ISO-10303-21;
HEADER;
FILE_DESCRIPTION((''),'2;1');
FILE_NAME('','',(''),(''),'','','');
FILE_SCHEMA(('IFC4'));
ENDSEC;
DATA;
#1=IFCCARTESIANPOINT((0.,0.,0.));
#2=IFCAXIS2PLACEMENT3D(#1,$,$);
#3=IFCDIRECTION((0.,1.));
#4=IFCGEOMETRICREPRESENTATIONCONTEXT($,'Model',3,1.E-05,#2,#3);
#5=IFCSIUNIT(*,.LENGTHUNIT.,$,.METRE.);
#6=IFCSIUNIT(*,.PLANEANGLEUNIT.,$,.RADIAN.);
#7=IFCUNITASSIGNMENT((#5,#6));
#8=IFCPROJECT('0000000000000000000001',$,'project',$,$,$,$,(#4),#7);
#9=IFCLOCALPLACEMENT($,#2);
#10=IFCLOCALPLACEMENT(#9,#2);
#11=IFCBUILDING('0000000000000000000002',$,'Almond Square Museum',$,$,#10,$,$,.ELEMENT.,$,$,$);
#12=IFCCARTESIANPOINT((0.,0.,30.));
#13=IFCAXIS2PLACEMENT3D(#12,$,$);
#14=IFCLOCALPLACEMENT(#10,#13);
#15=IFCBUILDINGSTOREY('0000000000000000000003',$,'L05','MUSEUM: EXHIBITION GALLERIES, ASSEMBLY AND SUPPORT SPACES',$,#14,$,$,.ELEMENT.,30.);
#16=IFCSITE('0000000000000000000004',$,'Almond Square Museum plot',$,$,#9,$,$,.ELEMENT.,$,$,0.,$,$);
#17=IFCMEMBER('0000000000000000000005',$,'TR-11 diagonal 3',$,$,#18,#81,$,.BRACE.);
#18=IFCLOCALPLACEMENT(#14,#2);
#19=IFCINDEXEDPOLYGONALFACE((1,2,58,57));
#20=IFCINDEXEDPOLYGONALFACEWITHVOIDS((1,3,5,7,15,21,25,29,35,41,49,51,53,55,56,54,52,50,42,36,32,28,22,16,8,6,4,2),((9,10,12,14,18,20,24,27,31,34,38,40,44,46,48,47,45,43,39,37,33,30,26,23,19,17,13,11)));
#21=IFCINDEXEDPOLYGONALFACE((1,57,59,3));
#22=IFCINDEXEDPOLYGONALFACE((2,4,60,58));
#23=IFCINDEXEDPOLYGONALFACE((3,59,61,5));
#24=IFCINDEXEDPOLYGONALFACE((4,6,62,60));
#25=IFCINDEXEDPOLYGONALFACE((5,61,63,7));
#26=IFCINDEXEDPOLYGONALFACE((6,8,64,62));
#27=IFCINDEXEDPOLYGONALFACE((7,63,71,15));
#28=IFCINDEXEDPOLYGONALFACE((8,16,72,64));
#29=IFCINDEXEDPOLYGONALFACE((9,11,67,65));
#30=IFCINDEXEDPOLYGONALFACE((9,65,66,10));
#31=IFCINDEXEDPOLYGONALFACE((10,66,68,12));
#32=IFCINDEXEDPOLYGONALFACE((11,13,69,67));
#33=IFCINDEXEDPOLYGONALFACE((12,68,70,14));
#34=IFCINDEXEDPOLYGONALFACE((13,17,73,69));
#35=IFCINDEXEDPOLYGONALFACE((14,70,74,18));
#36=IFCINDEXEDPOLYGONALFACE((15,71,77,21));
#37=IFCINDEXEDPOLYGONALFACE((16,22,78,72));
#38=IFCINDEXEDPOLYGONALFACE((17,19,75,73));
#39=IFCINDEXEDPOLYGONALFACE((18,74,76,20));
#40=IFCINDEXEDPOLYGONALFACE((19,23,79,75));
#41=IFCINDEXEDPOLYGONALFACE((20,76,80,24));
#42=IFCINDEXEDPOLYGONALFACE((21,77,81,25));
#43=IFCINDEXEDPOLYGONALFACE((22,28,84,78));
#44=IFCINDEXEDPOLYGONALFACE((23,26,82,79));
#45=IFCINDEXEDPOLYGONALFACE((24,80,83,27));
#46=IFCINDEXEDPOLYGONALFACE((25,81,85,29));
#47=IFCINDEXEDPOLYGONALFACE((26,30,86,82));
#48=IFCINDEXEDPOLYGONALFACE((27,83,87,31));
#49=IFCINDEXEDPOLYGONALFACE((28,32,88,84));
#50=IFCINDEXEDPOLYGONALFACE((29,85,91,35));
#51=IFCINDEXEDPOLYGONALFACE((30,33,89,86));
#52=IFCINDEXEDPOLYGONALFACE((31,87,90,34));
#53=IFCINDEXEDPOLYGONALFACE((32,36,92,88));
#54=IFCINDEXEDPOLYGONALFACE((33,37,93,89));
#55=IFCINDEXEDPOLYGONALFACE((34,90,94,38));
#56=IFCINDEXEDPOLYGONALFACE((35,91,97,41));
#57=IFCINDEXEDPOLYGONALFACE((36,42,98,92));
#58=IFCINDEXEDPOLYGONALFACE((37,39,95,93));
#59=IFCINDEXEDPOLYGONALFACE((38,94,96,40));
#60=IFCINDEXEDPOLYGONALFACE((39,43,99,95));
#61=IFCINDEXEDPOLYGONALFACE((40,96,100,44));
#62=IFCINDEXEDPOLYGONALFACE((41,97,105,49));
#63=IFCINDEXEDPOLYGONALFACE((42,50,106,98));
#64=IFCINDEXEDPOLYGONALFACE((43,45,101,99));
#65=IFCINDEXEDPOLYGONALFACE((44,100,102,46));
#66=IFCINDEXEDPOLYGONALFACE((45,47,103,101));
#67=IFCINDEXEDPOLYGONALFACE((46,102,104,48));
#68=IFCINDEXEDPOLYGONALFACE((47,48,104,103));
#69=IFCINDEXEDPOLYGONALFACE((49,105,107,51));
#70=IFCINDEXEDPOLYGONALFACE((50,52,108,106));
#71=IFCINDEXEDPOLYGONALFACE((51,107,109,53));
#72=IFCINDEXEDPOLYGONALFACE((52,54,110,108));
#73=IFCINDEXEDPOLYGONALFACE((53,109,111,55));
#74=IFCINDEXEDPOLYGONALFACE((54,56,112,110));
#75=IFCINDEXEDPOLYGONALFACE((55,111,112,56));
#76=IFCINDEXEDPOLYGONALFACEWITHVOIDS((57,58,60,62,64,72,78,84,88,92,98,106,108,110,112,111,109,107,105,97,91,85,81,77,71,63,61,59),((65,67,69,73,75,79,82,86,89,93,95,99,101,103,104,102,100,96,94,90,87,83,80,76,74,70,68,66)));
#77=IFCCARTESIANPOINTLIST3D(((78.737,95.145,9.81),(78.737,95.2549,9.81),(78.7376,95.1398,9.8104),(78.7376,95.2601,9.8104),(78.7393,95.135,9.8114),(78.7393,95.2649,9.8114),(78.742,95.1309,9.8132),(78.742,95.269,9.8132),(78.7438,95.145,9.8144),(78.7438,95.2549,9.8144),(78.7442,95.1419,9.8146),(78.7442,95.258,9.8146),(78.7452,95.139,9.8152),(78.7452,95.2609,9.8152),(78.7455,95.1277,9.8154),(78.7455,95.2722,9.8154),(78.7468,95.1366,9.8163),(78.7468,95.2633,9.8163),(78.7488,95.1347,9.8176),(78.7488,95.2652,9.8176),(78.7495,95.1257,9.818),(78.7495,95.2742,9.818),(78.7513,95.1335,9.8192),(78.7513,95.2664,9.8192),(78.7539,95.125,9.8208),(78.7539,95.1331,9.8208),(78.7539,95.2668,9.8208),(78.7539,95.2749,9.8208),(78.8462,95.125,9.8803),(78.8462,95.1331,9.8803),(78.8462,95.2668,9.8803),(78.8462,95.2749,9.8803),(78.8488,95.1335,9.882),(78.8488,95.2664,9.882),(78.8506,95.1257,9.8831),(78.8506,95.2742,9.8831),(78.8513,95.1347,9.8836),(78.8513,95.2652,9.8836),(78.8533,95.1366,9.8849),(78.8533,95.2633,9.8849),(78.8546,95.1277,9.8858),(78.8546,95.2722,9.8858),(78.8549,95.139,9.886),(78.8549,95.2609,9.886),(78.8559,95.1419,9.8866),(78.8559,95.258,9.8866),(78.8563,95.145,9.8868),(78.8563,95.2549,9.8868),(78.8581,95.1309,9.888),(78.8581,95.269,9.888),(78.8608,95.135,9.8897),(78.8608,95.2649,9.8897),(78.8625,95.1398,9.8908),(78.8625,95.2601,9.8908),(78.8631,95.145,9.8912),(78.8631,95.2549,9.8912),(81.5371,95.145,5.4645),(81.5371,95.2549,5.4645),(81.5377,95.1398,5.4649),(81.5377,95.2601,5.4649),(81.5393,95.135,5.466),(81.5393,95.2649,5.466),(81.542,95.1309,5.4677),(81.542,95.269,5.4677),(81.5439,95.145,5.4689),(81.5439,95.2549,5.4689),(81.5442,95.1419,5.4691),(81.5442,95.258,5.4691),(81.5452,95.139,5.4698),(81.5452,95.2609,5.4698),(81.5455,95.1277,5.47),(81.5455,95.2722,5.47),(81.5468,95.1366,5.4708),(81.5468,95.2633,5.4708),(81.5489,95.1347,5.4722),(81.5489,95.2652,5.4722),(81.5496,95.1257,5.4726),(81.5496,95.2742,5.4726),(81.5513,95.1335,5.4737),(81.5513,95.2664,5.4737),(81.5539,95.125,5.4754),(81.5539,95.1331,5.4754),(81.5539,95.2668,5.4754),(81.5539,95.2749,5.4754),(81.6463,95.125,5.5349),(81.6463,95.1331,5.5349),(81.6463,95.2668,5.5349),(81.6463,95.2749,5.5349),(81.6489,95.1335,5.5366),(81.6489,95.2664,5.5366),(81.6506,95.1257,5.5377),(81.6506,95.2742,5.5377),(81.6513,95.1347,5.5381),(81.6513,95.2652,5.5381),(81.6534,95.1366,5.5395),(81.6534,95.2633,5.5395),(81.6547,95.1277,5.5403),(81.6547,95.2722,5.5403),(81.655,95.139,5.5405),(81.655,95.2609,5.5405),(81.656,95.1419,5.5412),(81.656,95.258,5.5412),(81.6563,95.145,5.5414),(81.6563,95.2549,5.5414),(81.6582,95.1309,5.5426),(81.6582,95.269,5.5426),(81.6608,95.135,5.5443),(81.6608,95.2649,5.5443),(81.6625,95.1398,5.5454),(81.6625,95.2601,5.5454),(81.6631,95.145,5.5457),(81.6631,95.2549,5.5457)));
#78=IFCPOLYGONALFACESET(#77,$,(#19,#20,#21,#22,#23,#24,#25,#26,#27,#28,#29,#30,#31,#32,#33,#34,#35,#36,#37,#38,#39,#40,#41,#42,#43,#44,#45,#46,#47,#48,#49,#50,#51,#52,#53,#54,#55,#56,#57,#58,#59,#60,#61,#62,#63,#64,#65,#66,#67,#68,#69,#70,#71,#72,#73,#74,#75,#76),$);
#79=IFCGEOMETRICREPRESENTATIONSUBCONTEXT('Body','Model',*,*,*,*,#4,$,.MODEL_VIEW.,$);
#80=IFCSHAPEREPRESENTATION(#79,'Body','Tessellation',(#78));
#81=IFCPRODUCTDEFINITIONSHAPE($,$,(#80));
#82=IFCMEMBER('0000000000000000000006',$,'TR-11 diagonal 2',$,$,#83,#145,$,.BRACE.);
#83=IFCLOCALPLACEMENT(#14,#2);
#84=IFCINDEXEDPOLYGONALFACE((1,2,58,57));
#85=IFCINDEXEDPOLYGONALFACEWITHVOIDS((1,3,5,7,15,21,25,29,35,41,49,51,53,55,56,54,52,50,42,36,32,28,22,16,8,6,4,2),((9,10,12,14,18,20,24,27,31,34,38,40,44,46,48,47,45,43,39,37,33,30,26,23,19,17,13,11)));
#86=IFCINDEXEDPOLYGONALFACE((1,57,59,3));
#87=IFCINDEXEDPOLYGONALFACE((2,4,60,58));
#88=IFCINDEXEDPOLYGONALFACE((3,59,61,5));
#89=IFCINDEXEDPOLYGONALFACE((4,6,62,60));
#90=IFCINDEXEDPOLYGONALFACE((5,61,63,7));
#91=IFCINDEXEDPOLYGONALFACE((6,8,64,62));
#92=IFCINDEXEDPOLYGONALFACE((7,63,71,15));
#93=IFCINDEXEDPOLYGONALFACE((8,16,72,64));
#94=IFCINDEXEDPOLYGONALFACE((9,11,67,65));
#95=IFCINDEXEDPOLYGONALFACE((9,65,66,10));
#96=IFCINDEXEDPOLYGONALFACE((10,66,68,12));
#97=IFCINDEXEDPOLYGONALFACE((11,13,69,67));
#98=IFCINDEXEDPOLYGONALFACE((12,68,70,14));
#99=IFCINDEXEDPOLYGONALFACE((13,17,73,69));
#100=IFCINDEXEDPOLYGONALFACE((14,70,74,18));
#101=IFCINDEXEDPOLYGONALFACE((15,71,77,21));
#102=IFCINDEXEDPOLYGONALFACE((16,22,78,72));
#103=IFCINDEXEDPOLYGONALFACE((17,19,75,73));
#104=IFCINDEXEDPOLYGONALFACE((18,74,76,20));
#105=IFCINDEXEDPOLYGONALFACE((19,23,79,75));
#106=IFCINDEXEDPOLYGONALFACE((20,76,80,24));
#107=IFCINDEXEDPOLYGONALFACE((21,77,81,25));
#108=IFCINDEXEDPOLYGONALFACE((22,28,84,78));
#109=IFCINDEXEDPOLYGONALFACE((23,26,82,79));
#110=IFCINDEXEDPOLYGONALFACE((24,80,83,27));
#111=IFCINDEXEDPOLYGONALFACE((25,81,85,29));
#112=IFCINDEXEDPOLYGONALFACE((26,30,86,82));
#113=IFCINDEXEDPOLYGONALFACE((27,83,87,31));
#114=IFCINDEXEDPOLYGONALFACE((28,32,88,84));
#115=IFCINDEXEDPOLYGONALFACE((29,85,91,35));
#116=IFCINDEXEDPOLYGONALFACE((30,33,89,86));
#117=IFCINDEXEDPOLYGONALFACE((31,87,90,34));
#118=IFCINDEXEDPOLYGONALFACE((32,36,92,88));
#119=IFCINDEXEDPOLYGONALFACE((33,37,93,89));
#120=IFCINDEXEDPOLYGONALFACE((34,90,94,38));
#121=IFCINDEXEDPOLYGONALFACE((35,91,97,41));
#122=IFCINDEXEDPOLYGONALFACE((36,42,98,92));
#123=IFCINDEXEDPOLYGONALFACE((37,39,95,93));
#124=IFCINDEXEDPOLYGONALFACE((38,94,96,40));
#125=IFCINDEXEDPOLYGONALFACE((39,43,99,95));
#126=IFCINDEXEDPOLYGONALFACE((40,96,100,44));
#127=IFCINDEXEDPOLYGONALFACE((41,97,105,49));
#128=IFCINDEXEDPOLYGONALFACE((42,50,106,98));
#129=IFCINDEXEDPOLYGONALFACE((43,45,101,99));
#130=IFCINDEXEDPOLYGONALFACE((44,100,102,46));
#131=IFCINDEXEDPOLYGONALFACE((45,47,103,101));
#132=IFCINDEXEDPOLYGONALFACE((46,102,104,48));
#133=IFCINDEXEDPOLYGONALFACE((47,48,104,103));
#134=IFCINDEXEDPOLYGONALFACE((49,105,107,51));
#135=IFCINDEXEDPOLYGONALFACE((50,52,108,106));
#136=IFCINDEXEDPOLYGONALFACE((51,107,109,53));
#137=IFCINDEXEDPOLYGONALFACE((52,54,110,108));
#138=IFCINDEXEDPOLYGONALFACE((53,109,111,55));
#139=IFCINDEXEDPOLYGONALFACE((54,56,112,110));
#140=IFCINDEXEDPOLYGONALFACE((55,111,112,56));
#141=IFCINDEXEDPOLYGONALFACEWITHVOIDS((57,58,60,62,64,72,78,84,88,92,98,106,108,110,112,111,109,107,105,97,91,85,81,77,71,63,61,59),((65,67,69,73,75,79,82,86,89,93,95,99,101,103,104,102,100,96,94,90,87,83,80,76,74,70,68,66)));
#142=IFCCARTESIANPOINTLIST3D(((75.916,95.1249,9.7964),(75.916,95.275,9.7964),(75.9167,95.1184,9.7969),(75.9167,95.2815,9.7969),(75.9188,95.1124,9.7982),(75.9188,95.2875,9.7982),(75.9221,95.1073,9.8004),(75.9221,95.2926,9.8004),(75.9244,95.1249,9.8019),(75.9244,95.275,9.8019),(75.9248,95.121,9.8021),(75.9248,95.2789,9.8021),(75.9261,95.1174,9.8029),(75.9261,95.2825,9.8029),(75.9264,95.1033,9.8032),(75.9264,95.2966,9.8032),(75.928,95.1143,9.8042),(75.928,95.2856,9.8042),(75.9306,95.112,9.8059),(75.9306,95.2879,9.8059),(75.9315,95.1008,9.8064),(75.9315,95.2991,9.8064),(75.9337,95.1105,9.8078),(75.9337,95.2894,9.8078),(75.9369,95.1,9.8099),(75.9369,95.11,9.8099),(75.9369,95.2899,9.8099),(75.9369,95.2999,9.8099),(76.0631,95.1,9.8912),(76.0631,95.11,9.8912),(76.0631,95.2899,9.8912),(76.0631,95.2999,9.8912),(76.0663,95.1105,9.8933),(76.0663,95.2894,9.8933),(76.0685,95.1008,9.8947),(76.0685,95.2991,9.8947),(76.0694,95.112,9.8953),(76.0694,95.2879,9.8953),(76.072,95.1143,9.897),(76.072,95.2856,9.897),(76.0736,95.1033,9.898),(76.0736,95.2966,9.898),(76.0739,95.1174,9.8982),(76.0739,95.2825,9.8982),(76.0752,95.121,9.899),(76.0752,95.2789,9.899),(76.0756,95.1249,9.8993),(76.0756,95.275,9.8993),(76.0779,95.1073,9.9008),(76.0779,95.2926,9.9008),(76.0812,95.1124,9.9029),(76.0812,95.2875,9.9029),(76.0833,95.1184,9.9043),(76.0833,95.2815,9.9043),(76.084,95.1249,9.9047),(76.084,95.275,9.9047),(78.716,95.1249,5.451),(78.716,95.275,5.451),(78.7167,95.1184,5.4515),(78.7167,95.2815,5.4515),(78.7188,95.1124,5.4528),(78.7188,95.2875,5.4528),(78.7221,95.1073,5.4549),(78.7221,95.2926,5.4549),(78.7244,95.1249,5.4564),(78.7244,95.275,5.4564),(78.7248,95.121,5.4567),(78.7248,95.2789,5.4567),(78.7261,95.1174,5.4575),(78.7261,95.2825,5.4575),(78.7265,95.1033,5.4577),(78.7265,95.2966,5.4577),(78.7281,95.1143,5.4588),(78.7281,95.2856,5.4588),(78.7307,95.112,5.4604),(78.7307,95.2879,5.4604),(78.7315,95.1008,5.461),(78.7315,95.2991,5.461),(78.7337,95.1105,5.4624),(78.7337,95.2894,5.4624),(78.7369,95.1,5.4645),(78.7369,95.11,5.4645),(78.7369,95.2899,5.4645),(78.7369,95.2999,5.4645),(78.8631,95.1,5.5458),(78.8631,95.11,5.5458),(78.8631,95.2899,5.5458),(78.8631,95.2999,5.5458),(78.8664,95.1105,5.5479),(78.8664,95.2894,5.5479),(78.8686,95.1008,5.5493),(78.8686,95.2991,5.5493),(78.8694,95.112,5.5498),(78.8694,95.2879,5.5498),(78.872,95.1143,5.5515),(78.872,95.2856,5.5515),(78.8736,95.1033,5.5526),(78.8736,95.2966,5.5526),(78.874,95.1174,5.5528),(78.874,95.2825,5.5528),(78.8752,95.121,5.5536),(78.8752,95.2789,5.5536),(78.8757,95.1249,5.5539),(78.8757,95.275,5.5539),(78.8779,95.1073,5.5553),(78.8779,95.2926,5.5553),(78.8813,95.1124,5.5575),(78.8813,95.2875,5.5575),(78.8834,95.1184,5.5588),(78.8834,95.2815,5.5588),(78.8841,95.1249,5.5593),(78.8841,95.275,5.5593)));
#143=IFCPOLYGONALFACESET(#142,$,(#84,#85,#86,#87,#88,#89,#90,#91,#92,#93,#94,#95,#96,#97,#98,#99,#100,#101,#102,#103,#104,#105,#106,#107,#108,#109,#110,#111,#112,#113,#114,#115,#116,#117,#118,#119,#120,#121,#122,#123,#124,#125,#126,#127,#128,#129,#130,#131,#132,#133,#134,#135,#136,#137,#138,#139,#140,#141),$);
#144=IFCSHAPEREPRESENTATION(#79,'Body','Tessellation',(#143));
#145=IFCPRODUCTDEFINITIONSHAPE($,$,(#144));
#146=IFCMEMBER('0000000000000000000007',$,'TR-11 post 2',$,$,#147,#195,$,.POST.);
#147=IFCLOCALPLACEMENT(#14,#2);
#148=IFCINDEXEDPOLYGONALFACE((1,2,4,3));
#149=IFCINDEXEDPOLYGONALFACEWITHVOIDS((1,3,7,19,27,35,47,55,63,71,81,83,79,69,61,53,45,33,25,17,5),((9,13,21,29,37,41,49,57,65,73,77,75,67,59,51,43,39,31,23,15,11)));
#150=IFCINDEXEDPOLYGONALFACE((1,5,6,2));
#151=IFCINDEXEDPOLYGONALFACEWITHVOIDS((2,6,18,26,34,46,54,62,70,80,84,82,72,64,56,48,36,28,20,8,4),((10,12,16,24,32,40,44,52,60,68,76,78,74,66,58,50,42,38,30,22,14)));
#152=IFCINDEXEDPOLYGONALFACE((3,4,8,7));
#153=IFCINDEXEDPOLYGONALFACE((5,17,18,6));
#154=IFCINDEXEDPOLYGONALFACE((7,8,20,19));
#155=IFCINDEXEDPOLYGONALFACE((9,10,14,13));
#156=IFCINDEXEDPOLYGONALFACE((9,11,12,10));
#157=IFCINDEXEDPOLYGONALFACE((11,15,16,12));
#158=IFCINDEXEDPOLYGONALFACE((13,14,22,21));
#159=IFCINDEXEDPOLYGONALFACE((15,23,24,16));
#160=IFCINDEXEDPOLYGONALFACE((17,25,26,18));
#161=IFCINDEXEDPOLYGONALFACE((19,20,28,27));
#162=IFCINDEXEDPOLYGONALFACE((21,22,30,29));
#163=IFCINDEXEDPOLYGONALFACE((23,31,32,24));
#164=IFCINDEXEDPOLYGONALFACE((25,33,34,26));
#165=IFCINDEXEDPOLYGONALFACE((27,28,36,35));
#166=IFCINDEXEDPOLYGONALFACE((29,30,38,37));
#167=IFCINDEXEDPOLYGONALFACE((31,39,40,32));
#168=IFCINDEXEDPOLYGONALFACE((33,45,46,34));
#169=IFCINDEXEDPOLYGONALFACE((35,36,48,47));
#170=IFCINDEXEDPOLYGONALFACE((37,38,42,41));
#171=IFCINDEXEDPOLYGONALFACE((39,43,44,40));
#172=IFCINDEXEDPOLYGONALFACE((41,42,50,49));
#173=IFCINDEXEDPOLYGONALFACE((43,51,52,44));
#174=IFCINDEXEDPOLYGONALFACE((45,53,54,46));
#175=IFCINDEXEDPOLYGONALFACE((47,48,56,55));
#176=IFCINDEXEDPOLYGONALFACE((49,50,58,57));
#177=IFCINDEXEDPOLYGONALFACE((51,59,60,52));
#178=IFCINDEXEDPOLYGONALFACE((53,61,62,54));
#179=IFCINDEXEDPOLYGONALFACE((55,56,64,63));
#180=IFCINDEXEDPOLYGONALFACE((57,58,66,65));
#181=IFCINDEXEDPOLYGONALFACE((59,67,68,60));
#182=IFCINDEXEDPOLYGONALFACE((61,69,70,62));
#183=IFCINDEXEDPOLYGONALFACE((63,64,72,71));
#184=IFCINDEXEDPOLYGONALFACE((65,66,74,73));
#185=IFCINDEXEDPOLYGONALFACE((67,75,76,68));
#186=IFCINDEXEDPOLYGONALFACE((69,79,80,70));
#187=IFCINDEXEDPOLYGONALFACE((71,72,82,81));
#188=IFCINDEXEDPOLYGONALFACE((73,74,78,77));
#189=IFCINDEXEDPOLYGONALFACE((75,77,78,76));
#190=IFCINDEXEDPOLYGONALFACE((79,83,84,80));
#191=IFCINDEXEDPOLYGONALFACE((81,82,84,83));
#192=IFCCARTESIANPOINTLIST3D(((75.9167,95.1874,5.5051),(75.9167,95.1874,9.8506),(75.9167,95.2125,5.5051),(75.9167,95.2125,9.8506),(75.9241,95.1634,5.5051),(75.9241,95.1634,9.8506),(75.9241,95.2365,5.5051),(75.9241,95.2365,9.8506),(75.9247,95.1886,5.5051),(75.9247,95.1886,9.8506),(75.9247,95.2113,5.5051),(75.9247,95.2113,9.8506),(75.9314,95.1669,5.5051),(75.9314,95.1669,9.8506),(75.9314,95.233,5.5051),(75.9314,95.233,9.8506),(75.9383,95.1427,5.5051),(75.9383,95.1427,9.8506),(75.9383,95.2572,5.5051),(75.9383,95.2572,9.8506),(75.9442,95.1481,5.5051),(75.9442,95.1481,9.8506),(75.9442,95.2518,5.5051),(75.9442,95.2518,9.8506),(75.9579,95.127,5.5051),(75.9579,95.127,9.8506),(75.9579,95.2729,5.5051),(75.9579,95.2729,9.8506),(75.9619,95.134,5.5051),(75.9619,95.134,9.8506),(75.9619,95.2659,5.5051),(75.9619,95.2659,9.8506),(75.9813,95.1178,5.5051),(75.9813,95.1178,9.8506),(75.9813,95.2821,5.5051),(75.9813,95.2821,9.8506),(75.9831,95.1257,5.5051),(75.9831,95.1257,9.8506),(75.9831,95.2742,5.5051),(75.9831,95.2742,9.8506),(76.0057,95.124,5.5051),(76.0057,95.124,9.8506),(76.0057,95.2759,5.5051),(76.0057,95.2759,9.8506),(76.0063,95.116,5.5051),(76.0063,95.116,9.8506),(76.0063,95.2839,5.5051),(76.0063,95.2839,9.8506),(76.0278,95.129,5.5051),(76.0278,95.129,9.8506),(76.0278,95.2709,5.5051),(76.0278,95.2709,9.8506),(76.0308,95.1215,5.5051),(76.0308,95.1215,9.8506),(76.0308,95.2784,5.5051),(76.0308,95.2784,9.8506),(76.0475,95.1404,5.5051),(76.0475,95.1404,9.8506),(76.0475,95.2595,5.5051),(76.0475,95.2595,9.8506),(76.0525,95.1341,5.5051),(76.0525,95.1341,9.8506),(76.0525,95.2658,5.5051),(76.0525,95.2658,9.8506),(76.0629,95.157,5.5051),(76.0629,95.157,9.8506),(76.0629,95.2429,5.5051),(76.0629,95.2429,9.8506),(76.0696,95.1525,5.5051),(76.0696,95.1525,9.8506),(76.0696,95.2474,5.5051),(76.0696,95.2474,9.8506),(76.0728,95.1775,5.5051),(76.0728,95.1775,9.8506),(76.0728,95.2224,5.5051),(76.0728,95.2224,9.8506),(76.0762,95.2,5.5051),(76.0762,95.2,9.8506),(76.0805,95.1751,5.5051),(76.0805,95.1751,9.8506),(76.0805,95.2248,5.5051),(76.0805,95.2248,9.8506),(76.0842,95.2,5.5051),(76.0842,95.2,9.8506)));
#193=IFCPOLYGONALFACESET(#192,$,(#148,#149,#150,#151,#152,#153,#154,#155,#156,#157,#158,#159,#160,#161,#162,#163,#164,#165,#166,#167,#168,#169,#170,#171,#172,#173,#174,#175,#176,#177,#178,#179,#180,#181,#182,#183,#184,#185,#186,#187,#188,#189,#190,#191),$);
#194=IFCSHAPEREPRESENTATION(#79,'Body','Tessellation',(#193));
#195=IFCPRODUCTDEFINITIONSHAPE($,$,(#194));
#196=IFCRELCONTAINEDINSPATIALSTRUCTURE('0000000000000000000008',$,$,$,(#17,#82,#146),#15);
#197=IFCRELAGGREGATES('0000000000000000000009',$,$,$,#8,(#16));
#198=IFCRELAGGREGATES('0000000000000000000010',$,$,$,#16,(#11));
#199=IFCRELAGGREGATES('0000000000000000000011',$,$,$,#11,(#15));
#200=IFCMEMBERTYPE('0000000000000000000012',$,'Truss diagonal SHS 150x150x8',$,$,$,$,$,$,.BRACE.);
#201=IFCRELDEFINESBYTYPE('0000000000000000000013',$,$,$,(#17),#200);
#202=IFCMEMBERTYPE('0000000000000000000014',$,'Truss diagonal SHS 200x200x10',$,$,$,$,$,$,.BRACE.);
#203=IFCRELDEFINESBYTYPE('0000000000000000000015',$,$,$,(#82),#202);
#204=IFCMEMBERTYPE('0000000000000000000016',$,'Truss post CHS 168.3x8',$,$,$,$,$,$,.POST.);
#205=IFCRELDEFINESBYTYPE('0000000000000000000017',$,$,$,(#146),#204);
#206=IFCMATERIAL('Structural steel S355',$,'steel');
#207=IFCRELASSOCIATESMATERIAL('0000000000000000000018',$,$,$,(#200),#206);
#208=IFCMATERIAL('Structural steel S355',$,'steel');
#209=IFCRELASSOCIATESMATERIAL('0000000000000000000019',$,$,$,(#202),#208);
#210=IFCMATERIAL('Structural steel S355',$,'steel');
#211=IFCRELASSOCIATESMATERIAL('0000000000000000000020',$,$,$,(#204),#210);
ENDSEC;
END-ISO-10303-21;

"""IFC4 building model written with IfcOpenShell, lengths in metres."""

from ifc_helpers import new_model, si_unit, direction, frame, origin, origin_2d, place, context, subcontext, project, spatial, hollow_rectangle, hollow_circle, extrude, material, material_profile, profile_set, type_object, element, save


model = new_model("IFC4")

# Units and contexts
model_context = context("Model", 3, precision=1e-05, world=origin(), true_north=direction((0.0, 1.0)))
body_context = subcontext(model_context, "Body", "Model", "MODEL_VIEW")
ifc_project = project(units=[si_unit("LENGTHUNIT", "METRE"), si_unit("PLANEANGLEUNIT", "RADIAN")], contexts=[model_context])

# Site, building, storey
site_placement = place(None, origin())
site = spatial("IfcSite", under=ifc_project, at=site_placement, Name="Almond Square Museum plot", CompositionType="ELEMENT", RefElevation=0.0)
building_placement = place(site_placement, origin())
building = spatial("IfcBuilding", under=site, at=building_placement, Name="Almond Square Museum", CompositionType="ELEMENT")
storey_placement = place(building_placement, frame((0.0, 0.0, 30.0)))
storey = spatial("IfcBuildingStorey", under=building, at=storey_placement, Name="L05", Description="MUSEUM: EXHIBITION GALLERIES, ASSEMBLY AND SUPPORT SPACES", CompositionType="ELEMENT", Elevation=30.0)

# Members
ifc_material_1 = material(Name="Structural steel S355", Category="steel")
ifc_material_profile_1 = material_profile(ifc_material_1, hollow_rectangle(XDim=0.1499, YDim=0.1499, WallThickness=0.0081, InnerFilletRadius=0.012, OuterFilletRadius=0.02, at=origin_2d()))
ifc_profile_set_1 = profile_set([ifc_material_profile_1], Name="Structural steel S355")
member_type_1 = type_object("IfcMemberType", Name="Truss diagonal SHS 150x150x8", PredefinedType="BRACE", material=ifc_profile_set_1)
member_1_placement = place(storey_placement, frame((78.8, 95.2, 9.8506), z_axis=(0.541652, 0.0, -0.840603), x_axis=(0.0, 1.0, 0.0)))
element("IfcMember", 1, at=member_1_placement, inside=storey, type_object=member_type_1, Name="TR-11 diagonal 3", PredefinedType="BRACE", context=body_context, shape_type="SweptSolid", body=[
    extrude(hollow_rectangle(XDim=0.1499, YDim=0.1499, WallThickness=0.0081, InnerFilletRadius=0.012, OuterFilletRadius=0.02, at=origin_2d()), origin(), (0.0, 0.0, 1.0), 5.1694),
])
ifc_material_2 = material(Name="Structural steel S355", Category="steel")
ifc_material_profile_2 = material_profile(ifc_material_2, hollow_rectangle(XDim=0.2, YDim=0.2, WallThickness=0.01, InnerFilletRadius=0.0149, OuterFilletRadius=0.0249, at=origin_2d()))
ifc_profile_set_2 = profile_set([ifc_material_profile_2], Name="Structural steel S355")
member_type_2 = type_object("IfcMemberType", Name="Truss diagonal SHS 200x200x10", PredefinedType="BRACE", material=ifc_profile_set_2)
member_2_placement = place(storey_placement, frame((76.0, 95.2, 9.8506), z_axis=(0.541652, 0.0, -0.840603), x_axis=(0.0, 1.0, 0.0)))
element("IfcMember", 2, at=member_2_placement, inside=storey, type_object=member_type_2, Name="TR-11 diagonal 2", PredefinedType="BRACE", context=body_context, shape_type="SweptSolid", body=[
    extrude(hollow_rectangle(XDim=0.2, YDim=0.2, WallThickness=0.01, InnerFilletRadius=0.0149, OuterFilletRadius=0.0249, at=origin_2d()), origin(), (0.0, 0.0, 1.0), 5.1694),
])
ifc_material_3 = material(Name="Structural steel S355", Category="steel")
ifc_material_profile_3 = material_profile(ifc_material_3, hollow_circle(Radius=0.0842, WallThickness=0.0081, at=origin_2d()))
ifc_profile_set_3 = profile_set([ifc_material_profile_3], Name="Structural steel S355")
member_type_3 = type_object("IfcMemberType", Name="Truss post CHS 168.3x8", PredefinedType="POST", material=ifc_profile_set_3)
for number, where, z_axis, x_axis, name in (
    (3, (76.0, 95.2, 5.5051), (0.0, 0.0, 1.0), (1.0, 0.0, 0.0), "TR-11 post 2"),
):
    element("IfcMember", number, at=place(storey_placement, frame(where, z_axis=z_axis, x_axis=x_axis)), inside=storey, type_object=member_type_3, Name=name, PredefinedType="POST", context=body_context, shape_type="SweptSolid", body=[
        extrude(hollow_circle(Radius=0.0842, WallThickness=0.0081, at=origin_2d()), origin(), (0.0, 0.0, 1.0), 4.3455),
    ])

save(model, "model.ifc")
